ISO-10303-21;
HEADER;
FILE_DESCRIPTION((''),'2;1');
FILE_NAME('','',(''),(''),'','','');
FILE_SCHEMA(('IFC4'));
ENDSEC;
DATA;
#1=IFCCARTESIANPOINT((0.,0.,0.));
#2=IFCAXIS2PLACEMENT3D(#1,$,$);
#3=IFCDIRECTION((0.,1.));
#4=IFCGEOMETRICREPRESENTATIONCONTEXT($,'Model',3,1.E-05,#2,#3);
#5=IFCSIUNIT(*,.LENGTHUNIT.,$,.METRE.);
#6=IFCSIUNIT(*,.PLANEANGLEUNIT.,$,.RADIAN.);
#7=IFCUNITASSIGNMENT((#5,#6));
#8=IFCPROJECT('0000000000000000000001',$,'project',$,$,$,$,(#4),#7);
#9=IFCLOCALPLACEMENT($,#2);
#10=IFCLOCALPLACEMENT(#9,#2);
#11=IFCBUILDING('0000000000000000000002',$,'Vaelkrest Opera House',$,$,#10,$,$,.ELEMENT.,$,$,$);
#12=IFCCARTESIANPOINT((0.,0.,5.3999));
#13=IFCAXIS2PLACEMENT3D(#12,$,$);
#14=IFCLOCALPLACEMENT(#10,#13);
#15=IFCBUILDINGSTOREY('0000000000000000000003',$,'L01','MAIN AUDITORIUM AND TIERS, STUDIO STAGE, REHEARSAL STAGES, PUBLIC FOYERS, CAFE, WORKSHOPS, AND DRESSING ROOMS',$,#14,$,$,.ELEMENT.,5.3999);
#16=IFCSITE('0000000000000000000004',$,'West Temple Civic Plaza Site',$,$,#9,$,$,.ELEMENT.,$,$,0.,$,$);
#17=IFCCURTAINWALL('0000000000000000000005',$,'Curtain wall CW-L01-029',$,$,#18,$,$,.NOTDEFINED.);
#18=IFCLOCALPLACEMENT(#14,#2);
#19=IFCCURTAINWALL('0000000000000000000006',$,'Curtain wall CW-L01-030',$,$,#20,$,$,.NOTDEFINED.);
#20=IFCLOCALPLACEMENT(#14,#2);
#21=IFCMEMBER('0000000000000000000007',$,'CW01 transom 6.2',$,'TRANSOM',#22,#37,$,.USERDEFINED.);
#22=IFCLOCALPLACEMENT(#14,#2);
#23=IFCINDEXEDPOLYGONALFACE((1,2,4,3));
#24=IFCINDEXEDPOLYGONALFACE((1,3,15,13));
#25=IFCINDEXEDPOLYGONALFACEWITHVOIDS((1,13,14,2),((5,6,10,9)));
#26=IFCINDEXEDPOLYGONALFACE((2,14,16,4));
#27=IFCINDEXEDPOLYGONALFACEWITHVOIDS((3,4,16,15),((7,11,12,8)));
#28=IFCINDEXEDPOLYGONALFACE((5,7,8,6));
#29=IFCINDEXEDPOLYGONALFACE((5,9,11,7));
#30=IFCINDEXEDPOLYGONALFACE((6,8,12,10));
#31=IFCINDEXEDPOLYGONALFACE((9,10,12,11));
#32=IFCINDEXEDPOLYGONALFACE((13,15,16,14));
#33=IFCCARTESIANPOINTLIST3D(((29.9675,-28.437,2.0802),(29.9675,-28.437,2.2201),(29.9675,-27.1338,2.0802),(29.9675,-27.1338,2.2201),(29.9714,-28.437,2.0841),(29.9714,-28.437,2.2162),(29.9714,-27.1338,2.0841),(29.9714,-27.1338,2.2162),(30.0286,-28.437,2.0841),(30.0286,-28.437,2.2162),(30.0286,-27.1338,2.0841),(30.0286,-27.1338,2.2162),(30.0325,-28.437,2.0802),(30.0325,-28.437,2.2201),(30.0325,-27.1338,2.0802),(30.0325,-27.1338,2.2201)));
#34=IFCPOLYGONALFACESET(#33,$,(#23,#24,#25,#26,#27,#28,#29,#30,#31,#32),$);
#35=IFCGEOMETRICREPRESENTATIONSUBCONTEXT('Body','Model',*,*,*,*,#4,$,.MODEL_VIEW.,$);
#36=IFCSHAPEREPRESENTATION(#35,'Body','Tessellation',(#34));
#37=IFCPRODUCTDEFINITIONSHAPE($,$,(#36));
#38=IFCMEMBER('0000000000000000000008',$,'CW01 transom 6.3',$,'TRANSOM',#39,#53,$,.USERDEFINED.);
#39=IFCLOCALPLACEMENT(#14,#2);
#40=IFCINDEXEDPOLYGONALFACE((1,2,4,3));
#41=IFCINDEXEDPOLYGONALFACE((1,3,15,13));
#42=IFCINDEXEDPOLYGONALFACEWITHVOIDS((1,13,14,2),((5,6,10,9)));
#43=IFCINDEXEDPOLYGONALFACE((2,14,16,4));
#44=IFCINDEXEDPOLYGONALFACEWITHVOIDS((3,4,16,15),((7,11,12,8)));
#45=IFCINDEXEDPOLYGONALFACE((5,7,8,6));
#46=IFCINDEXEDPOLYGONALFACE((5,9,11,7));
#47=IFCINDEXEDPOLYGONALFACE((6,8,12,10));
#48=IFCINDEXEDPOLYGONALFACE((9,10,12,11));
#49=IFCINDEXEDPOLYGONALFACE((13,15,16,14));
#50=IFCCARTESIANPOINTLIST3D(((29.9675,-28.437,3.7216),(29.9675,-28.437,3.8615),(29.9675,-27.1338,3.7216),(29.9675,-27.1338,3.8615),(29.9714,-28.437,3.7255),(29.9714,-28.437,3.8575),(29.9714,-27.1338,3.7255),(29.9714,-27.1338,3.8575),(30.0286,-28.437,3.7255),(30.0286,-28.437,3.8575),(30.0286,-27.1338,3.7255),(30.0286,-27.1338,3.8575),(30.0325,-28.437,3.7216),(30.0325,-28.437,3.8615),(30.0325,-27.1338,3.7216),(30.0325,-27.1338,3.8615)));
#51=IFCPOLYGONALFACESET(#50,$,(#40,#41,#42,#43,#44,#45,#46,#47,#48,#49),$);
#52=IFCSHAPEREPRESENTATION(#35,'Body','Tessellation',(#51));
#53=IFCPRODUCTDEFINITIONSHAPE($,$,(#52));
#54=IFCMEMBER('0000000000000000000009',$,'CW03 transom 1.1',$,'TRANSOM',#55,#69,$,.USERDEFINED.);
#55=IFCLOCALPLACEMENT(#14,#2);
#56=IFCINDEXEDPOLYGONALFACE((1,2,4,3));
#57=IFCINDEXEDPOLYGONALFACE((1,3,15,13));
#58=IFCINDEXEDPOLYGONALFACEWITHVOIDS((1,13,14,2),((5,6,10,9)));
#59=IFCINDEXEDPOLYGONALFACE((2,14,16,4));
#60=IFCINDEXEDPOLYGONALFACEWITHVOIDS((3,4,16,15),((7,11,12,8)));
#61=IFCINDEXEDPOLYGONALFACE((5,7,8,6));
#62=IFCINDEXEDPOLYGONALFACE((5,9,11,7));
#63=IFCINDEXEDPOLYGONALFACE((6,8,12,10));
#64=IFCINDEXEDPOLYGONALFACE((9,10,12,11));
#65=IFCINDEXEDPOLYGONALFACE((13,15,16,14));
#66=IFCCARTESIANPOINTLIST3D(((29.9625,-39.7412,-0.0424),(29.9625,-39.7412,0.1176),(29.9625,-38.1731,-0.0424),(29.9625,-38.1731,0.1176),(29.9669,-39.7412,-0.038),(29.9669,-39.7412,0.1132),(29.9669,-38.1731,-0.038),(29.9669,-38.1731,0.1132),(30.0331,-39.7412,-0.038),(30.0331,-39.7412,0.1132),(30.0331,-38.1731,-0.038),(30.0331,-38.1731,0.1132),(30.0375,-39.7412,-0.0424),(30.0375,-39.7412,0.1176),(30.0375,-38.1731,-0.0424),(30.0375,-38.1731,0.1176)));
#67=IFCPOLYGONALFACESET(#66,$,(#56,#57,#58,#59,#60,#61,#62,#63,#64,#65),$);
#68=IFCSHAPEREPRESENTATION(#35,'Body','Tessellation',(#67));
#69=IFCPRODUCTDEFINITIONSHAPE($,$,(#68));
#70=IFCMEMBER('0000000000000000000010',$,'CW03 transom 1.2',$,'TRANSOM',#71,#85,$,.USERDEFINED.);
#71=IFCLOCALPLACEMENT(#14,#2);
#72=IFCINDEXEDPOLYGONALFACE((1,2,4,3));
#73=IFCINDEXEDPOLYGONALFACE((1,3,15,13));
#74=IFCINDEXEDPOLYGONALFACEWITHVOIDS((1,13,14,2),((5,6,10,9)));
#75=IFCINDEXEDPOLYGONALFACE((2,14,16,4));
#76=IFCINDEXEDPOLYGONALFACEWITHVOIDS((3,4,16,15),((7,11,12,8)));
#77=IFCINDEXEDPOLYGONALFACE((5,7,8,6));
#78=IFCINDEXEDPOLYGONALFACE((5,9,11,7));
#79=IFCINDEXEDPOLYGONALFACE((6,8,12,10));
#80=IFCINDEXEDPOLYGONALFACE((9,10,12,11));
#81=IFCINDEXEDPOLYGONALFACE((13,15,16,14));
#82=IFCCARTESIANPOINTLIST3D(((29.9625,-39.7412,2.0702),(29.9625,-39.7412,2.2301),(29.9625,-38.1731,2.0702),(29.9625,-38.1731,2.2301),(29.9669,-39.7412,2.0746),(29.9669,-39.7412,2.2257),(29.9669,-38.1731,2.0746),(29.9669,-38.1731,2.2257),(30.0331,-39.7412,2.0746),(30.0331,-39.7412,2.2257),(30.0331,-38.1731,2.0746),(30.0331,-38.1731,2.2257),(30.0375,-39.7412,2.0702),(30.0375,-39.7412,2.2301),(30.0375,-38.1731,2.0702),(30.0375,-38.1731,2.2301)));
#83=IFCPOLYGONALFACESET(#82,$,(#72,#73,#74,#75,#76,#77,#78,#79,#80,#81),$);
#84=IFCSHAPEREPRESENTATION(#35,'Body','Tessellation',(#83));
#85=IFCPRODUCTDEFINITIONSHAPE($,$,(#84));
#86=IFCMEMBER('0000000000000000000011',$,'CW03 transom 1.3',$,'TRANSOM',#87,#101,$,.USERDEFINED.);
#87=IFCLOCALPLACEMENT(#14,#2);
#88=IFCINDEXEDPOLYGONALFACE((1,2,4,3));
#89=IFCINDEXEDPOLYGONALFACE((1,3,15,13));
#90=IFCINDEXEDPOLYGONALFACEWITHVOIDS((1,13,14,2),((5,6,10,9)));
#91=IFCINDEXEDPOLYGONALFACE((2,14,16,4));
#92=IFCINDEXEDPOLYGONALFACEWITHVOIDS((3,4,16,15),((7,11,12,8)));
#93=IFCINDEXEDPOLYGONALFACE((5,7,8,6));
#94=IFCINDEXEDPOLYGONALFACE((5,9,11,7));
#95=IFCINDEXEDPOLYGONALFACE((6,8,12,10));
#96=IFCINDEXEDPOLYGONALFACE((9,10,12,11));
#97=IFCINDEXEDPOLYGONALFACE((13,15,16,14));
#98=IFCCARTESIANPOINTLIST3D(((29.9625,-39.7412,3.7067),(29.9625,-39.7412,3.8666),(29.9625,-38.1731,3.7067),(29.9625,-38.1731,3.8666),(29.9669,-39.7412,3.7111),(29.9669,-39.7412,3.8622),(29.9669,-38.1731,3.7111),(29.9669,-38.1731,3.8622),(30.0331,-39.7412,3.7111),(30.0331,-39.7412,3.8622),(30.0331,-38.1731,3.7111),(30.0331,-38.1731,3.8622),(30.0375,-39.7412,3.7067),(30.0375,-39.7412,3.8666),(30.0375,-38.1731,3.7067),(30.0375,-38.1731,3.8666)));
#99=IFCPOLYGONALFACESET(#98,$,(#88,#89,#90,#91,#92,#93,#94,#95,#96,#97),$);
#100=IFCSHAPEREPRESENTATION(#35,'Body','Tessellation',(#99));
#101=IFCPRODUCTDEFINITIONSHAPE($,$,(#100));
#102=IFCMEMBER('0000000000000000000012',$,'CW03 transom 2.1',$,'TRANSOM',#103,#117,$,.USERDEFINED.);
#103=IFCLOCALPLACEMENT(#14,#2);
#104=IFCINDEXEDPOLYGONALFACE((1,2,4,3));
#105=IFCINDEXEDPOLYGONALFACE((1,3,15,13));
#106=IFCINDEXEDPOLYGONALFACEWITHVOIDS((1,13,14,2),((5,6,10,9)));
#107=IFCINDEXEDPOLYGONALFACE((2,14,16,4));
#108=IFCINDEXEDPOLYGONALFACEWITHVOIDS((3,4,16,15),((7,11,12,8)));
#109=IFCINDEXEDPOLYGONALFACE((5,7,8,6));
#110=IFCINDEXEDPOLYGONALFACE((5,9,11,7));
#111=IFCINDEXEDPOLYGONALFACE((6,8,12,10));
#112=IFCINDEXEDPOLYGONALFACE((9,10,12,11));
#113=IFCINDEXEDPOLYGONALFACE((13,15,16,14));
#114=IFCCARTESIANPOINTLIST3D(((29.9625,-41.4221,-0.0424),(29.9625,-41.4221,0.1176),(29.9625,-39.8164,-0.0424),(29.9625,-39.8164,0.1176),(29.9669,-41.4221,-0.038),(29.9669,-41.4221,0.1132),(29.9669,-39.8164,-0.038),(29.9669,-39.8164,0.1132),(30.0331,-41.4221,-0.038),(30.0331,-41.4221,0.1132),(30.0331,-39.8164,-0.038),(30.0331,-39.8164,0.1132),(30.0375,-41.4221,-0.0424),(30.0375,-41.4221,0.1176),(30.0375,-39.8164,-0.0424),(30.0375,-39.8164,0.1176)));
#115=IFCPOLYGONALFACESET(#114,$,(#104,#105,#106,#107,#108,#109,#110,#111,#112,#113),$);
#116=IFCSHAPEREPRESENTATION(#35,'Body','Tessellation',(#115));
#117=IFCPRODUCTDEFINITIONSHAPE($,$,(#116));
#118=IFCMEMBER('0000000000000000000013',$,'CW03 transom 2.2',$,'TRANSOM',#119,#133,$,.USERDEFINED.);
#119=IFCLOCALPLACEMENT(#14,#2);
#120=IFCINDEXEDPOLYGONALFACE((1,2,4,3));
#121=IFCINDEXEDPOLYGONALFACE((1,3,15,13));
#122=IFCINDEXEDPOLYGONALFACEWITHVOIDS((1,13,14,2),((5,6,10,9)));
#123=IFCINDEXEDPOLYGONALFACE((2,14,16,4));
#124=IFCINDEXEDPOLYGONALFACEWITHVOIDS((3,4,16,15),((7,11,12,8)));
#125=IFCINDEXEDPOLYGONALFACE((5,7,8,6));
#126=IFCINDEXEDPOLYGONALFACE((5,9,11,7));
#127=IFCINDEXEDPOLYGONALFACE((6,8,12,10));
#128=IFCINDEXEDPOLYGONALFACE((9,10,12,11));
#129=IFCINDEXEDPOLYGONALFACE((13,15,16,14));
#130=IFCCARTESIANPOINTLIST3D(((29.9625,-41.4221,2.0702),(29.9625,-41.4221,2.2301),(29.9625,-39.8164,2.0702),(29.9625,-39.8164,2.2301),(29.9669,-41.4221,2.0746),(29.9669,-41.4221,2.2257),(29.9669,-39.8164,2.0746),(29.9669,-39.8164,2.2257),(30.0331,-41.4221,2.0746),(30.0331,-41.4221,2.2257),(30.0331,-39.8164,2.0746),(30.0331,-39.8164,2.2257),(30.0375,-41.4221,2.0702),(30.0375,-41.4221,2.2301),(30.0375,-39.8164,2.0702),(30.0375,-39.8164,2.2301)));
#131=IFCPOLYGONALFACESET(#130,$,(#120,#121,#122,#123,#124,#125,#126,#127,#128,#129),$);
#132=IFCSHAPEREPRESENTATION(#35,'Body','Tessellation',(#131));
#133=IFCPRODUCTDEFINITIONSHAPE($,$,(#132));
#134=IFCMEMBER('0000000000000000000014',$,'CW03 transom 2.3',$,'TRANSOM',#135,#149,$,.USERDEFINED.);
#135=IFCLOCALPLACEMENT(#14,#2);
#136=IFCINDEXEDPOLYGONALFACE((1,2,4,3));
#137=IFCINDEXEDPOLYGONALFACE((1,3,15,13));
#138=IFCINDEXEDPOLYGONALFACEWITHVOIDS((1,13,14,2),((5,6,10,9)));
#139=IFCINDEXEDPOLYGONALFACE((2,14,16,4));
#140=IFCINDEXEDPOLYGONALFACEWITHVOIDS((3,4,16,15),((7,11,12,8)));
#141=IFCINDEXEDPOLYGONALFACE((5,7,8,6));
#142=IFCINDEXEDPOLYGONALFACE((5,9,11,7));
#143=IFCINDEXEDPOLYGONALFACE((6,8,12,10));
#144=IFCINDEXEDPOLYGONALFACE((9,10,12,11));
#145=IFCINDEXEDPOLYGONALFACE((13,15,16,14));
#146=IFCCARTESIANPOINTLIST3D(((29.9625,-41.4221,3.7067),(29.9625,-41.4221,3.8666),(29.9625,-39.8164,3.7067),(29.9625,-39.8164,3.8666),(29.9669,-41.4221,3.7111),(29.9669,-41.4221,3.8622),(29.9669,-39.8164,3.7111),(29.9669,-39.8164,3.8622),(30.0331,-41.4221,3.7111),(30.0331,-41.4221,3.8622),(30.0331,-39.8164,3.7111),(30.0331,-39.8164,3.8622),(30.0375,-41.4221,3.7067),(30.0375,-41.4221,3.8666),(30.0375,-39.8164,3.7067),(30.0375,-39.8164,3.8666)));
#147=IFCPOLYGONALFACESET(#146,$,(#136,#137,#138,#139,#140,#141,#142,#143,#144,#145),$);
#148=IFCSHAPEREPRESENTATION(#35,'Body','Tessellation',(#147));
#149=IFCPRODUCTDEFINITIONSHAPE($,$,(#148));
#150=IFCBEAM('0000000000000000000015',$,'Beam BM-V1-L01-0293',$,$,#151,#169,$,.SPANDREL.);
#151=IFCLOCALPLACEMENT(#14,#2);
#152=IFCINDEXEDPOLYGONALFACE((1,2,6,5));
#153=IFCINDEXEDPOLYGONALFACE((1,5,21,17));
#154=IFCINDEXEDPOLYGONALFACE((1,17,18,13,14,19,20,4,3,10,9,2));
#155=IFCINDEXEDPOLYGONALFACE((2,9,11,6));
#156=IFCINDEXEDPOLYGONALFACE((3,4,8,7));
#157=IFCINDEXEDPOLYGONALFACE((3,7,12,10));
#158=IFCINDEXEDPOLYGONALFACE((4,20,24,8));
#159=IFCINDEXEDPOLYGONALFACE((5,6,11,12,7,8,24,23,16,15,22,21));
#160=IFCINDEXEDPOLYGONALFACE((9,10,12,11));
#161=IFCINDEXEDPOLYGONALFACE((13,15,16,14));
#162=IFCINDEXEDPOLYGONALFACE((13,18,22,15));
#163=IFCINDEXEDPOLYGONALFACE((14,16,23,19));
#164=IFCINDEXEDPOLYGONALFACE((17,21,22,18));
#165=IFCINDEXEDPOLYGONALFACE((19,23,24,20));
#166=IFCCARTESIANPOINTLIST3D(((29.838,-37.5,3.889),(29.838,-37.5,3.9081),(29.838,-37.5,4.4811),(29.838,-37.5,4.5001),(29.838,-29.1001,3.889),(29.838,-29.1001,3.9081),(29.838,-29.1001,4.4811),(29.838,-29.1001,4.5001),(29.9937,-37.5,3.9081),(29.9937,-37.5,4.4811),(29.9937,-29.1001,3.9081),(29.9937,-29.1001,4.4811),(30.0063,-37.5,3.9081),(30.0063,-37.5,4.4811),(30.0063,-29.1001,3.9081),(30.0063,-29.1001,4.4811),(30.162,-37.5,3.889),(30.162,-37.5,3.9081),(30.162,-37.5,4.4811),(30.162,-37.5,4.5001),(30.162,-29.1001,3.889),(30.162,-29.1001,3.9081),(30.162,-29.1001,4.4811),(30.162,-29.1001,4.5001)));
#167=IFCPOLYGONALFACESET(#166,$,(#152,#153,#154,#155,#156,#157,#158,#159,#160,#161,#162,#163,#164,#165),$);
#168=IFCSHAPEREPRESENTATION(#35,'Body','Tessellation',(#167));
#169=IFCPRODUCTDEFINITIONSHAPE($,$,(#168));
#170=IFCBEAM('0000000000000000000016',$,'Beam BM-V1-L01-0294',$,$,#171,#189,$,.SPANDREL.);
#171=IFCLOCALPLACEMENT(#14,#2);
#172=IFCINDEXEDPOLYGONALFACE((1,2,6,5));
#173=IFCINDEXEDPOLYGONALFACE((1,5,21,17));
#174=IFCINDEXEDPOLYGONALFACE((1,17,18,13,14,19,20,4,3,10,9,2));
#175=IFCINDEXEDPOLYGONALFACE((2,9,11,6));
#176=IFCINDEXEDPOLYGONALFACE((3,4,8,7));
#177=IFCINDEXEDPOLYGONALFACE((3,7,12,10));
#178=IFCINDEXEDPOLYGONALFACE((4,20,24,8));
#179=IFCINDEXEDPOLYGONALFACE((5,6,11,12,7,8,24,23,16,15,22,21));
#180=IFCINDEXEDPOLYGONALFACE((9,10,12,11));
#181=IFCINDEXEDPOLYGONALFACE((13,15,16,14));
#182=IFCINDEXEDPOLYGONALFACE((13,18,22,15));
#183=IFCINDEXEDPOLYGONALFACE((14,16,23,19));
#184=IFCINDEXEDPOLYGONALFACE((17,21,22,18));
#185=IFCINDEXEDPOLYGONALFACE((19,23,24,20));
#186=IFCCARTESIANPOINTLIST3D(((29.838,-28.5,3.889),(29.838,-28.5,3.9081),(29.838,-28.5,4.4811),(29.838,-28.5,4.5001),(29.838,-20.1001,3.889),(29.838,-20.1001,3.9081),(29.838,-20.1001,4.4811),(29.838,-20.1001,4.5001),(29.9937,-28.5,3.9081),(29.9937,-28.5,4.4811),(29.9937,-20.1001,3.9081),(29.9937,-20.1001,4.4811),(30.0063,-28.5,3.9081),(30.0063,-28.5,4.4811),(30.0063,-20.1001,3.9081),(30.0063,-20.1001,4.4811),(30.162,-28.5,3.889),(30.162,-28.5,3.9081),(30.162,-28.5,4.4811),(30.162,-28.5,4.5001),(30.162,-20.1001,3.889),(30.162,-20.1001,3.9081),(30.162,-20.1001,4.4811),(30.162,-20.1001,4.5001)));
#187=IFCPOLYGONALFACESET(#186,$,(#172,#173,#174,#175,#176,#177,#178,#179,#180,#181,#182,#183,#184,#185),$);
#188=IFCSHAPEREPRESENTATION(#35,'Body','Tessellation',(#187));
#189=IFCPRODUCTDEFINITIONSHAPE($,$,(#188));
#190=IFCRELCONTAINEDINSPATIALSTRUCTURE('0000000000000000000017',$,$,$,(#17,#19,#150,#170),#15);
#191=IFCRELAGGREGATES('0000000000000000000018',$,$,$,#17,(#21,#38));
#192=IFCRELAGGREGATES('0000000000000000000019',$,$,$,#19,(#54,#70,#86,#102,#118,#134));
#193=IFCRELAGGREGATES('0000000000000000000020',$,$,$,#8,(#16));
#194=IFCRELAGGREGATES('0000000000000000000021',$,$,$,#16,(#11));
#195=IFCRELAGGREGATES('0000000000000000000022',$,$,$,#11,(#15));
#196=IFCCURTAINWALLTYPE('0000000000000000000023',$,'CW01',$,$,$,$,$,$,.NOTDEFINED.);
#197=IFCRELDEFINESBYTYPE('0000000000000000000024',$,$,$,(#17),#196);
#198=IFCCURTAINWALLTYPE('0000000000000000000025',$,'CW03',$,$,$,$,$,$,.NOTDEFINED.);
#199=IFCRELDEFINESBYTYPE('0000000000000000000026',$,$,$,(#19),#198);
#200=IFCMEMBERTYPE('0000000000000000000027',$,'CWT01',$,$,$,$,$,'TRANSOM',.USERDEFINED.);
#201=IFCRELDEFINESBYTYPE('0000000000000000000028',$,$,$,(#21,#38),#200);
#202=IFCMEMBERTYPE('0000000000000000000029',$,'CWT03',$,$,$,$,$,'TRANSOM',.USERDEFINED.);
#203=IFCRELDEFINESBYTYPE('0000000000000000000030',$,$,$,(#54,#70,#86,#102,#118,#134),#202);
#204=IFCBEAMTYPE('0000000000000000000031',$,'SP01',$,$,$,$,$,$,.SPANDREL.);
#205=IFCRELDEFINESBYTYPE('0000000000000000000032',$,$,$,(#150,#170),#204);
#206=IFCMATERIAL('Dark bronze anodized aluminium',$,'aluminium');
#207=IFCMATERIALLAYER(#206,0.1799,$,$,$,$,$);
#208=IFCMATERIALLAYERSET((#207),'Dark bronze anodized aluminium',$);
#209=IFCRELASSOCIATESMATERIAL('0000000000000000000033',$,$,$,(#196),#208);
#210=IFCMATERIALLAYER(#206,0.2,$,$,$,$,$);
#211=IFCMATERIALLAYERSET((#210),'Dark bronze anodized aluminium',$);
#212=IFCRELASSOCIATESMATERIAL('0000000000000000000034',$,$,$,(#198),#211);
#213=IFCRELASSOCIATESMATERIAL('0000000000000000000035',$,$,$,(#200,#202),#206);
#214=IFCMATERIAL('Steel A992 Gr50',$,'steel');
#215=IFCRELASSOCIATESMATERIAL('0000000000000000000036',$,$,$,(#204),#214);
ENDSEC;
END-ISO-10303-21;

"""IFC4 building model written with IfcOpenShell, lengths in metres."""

from ifc_helpers import new_model, si_unit, direction, frame, origin, origin_2d, place, context, subcontext, project, spatial, hollow_rectangle, i_section, extrude, material, layer, layer_set, material_profile, profile_set, type_object, element, aggregate, save


model = new_model("IFC4")

# Units and contexts
model_context = context("Model", 3, precision=1e-05, world=origin(), true_north=direction((0.0, 1.0)))
body_context = subcontext(model_context, "Body", "Model", "MODEL_VIEW")
ifc_project = project(units=[si_unit("LENGTHUNIT", "METRE"), si_unit("PLANEANGLEUNIT", "RADIAN")], contexts=[model_context])

# Site, building, storey
site_placement = place(None, origin())
site = spatial("IfcSite", under=ifc_project, at=site_placement, Name="West Temple Civic Plaza Site", CompositionType="ELEMENT", RefElevation=0.0)
building_placement = place(site_placement, origin())
building = spatial("IfcBuilding", under=site, at=building_placement, Name="Vaelkrest Opera House", CompositionType="ELEMENT")
storey_placement = place(building_placement, frame((0.0, 0.0, 5.3999)))
storey = spatial("IfcBuildingStorey", under=building, at=storey_placement, Name="L01", Description="MAIN AUDITORIUM AND TIERS, STUDIO STAGE, REHEARSAL STAGES, PUBLIC FOYERS, CAFE, WORKSHOPS, AND DRESSING ROOMS", CompositionType="ELEMENT", Elevation=5.3999)

# Curtain walls
ifc_material_1 = material(Name="Dark bronze anodized aluminium", Category="aluminium")
ifc_layer_1 = layer(ifc_material_1, 0.1799)
ifc_layer_set_1 = layer_set([ifc_layer_1], Name="Dark bronze anodized aluminium")
curtain_wall_type_1 = type_object("IfcCurtainWallType", Name="CW01", PredefinedType="NOTDEFINED", material=ifc_layer_set_1)
curtain_wall_1_placement = place(storey_placement, origin())
curtain_wall_1 = element("IfcCurtainWall", 1, at=curtain_wall_1_placement, inside=storey, type_object=curtain_wall_type_1, Name="Curtain wall CW-L01-029", PredefinedType="NOTDEFINED")
ifc_layer_2 = layer(ifc_material_1, 0.2)
ifc_layer_set_2 = layer_set([ifc_layer_2], Name="Dark bronze anodized aluminium")
curtain_wall_type_2 = type_object("IfcCurtainWallType", Name="CW03", PredefinedType="NOTDEFINED", material=ifc_layer_set_2)
curtain_wall_2_placement = place(storey_placement, origin())
curtain_wall_2 = element("IfcCurtainWall", 2, at=curtain_wall_2_placement, inside=storey, type_object=curtain_wall_type_2, Name="Curtain wall CW-L01-030", PredefinedType="NOTDEFINED")

# Members
ifc_material_profile_1 = material_profile(ifc_material_1, hollow_rectangle(XDim=0.0649, YDim=0.1399, WallThickness=0.0039, at=origin_2d()), Name="CWT65X140")
ifc_profile_set_1 = profile_set([ifc_material_profile_1], Name="Dark bronze anodized aluminium")
member_type_1 = type_object("IfcMemberType", Name="CWT01", ElementType="TRANSOM", PredefinedType="USERDEFINED", material=ifc_profile_set_1)
member_1_placement = place(storey_placement, frame((30.0, -27.1338, 2.1501), z_axis=(0.0, -1.0, 0.0), x_axis=(1.0, 0.0, 0.0)))
member_1 = element("IfcMember", 3, at=member_1_placement, type_object=member_type_1, Name="CW01 transom 6.2", ObjectType="TRANSOM", PredefinedType="USERDEFINED", context=body_context, shape_type="SweptSolid", body=[
    extrude(hollow_rectangle(XDim=0.0649, YDim=0.1399, WallThickness=0.0039, at=origin_2d()), origin(), (0.0, 0.0, 1.0), 1.3032),
])
member_2_placement = place(storey_placement, frame((30.0, -27.1338, 3.7915), z_axis=(0.0, -1.0, 0.0), x_axis=(1.0, 0.0, 0.0)))
member_2 = element("IfcMember", 4, at=member_2_placement, type_object=member_type_1, Name="CW01 transom 6.3", ObjectType="TRANSOM", PredefinedType="USERDEFINED", context=body_context, shape_type="SweptSolid", body=[
    extrude(hollow_rectangle(XDim=0.0649, YDim=0.1399, WallThickness=0.0039, at=origin_2d()), origin(), (0.0, 0.0, 1.0), 1.3032),
])
ifc_material_profile_2 = material_profile(ifc_material_1, hollow_rectangle(XDim=0.075, YDim=0.1599, WallThickness=0.0044, at=origin_2d()), Name="CWT75X160")
ifc_profile_set_2 = profile_set([ifc_material_profile_2], Name="Dark bronze anodized aluminium")
member_type_2 = type_object("IfcMemberType", Name="CWT03", ElementType="TRANSOM", PredefinedType="USERDEFINED", material=ifc_profile_set_2)
member_3_placement = place(storey_placement, frame((30.0, -38.1731, 0.0376), z_axis=(0.0, -1.0, 0.0), x_axis=(1.0, 0.0, 0.0)))
member_3 = element("IfcMember", 5, at=member_3_placement, type_object=member_type_2, Name="CW03 transom 1.1", ObjectType="TRANSOM", PredefinedType="USERDEFINED", context=body_context, shape_type="SweptSolid", body=[
    extrude(hollow_rectangle(XDim=0.075, YDim=0.1599, WallThickness=0.0044, at=origin_2d()), origin(), (0.0, 0.0, 1.0), 1.5681),
])
member_4_placement = place(storey_placement, frame((30.0, -38.1731, 2.1501), z_axis=(0.0, -1.0, 0.0), x_axis=(1.0, 0.0, 0.0)))
member_4 = element("IfcMember", 6, at=member_4_placement, type_object=member_type_2, Name="CW03 transom 1.2", ObjectType="TRANSOM", PredefinedType="USERDEFINED", context=body_context, shape_type="SweptSolid", body=[
    extrude(hollow_rectangle(XDim=0.075, YDim=0.1599, WallThickness=0.0044, at=origin_2d()), origin(), (0.0, 0.0, 1.0), 1.5681),
])
member_5_placement = place(storey_placement, frame((30.0, -38.1731, 3.7866), z_axis=(0.0, -1.0, 0.0), x_axis=(1.0, 0.0, 0.0)))
member_5 = element("IfcMember", 7, at=member_5_placement, type_object=member_type_2, Name="CW03 transom 1.3", ObjectType="TRANSOM", PredefinedType="USERDEFINED", context=body_context, shape_type="SweptSolid", body=[
    extrude(hollow_rectangle(XDim=0.075, YDim=0.1599, WallThickness=0.0044, at=origin_2d()), origin(), (0.0, 0.0, 1.0), 1.5681),
])
member_6_placement = place(storey_placement, frame((30.0, -39.8164, 0.0376), z_axis=(0.0, -1.0, 0.0), x_axis=(1.0, 0.0, 0.0)))
member_6 = element("IfcMember", 8, at=member_6_placement, type_object=member_type_2, Name="CW03 transom 2.1", ObjectType="TRANSOM", PredefinedType="USERDEFINED", context=body_context, shape_type="SweptSolid", body=[
    extrude(hollow_rectangle(XDim=0.075, YDim=0.1599, WallThickness=0.0044, at=origin_2d()), origin(), (0.0, 0.0, 1.0), 1.6057),
])
member_7_placement = place(storey_placement, frame((30.0, -39.8164, 2.1501), z_axis=(0.0, -1.0, 0.0), x_axis=(1.0, 0.0, 0.0)))
member_7 = element("IfcMember", 9, at=member_7_placement, type_object=member_type_2, Name="CW03 transom 2.2", ObjectType="TRANSOM", PredefinedType="USERDEFINED", context=body_context, shape_type="SweptSolid", body=[
    extrude(hollow_rectangle(XDim=0.075, YDim=0.1599, WallThickness=0.0044, at=origin_2d()), origin(), (0.0, 0.0, 1.0), 1.6057),
])
member_8_placement = place(storey_placement, frame((30.0, -39.8164, 3.7866), z_axis=(0.0, -1.0, 0.0), x_axis=(1.0, 0.0, 0.0)))
member_8 = element("IfcMember", 10, at=member_8_placement, type_object=member_type_2, Name="CW03 transom 2.3", ObjectType="TRANSOM", PredefinedType="USERDEFINED", context=body_context, shape_type="SweptSolid", body=[
    extrude(hollow_rectangle(XDim=0.075, YDim=0.1599, WallThickness=0.0044, at=origin_2d()), origin(), (0.0, 0.0, 1.0), 1.6057),
])

# Beams
ifc_material_2 = material(Name="Steel A992 Gr50", Category="steel")
ifc_material_profile_3 = material_profile(ifc_material_2, i_section(OverallWidth=0.324, OverallDepth=0.6111, WebThickness=0.0127, FlangeThickness=0.019, at=origin_2d()), Name="W24X104")
ifc_profile_set_3 = profile_set([ifc_material_profile_3], Name="Steel A992 Gr50")
beam_type = type_object("IfcBeamType", Name="SP01", PredefinedType="SPANDREL", material=ifc_profile_set_3)
for number, where, z_axis, x_axis, name in (
    (11, (30.0, -37.5, 4.1946), (0.0, 1.0, 0.0), (-1.0, 0.0, 0.0), "Beam BM-V1-L01-0293"),
    (12, (30.0, -28.5, 4.1946), (0.0, 1.0, 0.0), (-1.0, 0.0, 0.0), "Beam BM-V1-L01-0294"),
):
    element("IfcBeam", number, at=place(storey_placement, frame(where, z_axis=z_axis, x_axis=x_axis)), inside=storey, type_object=beam_type, Name=name, PredefinedType="SPANDREL", context=body_context, shape_type="SweptSolid", body=[
        extrude(i_section(OverallWidth=0.324, OverallDepth=0.6111, WebThickness=0.0127, FlangeThickness=0.019, at=origin_2d()), origin(), (0.0, 0.0, 1.0), 8.3999),
    ])

aggregate(curtain_wall_1, [member_1, member_2])
aggregate(curtain_wall_2, [member_3, member_4, member_5, member_6, member_7, member_8])

save(model, "model.ifc")
